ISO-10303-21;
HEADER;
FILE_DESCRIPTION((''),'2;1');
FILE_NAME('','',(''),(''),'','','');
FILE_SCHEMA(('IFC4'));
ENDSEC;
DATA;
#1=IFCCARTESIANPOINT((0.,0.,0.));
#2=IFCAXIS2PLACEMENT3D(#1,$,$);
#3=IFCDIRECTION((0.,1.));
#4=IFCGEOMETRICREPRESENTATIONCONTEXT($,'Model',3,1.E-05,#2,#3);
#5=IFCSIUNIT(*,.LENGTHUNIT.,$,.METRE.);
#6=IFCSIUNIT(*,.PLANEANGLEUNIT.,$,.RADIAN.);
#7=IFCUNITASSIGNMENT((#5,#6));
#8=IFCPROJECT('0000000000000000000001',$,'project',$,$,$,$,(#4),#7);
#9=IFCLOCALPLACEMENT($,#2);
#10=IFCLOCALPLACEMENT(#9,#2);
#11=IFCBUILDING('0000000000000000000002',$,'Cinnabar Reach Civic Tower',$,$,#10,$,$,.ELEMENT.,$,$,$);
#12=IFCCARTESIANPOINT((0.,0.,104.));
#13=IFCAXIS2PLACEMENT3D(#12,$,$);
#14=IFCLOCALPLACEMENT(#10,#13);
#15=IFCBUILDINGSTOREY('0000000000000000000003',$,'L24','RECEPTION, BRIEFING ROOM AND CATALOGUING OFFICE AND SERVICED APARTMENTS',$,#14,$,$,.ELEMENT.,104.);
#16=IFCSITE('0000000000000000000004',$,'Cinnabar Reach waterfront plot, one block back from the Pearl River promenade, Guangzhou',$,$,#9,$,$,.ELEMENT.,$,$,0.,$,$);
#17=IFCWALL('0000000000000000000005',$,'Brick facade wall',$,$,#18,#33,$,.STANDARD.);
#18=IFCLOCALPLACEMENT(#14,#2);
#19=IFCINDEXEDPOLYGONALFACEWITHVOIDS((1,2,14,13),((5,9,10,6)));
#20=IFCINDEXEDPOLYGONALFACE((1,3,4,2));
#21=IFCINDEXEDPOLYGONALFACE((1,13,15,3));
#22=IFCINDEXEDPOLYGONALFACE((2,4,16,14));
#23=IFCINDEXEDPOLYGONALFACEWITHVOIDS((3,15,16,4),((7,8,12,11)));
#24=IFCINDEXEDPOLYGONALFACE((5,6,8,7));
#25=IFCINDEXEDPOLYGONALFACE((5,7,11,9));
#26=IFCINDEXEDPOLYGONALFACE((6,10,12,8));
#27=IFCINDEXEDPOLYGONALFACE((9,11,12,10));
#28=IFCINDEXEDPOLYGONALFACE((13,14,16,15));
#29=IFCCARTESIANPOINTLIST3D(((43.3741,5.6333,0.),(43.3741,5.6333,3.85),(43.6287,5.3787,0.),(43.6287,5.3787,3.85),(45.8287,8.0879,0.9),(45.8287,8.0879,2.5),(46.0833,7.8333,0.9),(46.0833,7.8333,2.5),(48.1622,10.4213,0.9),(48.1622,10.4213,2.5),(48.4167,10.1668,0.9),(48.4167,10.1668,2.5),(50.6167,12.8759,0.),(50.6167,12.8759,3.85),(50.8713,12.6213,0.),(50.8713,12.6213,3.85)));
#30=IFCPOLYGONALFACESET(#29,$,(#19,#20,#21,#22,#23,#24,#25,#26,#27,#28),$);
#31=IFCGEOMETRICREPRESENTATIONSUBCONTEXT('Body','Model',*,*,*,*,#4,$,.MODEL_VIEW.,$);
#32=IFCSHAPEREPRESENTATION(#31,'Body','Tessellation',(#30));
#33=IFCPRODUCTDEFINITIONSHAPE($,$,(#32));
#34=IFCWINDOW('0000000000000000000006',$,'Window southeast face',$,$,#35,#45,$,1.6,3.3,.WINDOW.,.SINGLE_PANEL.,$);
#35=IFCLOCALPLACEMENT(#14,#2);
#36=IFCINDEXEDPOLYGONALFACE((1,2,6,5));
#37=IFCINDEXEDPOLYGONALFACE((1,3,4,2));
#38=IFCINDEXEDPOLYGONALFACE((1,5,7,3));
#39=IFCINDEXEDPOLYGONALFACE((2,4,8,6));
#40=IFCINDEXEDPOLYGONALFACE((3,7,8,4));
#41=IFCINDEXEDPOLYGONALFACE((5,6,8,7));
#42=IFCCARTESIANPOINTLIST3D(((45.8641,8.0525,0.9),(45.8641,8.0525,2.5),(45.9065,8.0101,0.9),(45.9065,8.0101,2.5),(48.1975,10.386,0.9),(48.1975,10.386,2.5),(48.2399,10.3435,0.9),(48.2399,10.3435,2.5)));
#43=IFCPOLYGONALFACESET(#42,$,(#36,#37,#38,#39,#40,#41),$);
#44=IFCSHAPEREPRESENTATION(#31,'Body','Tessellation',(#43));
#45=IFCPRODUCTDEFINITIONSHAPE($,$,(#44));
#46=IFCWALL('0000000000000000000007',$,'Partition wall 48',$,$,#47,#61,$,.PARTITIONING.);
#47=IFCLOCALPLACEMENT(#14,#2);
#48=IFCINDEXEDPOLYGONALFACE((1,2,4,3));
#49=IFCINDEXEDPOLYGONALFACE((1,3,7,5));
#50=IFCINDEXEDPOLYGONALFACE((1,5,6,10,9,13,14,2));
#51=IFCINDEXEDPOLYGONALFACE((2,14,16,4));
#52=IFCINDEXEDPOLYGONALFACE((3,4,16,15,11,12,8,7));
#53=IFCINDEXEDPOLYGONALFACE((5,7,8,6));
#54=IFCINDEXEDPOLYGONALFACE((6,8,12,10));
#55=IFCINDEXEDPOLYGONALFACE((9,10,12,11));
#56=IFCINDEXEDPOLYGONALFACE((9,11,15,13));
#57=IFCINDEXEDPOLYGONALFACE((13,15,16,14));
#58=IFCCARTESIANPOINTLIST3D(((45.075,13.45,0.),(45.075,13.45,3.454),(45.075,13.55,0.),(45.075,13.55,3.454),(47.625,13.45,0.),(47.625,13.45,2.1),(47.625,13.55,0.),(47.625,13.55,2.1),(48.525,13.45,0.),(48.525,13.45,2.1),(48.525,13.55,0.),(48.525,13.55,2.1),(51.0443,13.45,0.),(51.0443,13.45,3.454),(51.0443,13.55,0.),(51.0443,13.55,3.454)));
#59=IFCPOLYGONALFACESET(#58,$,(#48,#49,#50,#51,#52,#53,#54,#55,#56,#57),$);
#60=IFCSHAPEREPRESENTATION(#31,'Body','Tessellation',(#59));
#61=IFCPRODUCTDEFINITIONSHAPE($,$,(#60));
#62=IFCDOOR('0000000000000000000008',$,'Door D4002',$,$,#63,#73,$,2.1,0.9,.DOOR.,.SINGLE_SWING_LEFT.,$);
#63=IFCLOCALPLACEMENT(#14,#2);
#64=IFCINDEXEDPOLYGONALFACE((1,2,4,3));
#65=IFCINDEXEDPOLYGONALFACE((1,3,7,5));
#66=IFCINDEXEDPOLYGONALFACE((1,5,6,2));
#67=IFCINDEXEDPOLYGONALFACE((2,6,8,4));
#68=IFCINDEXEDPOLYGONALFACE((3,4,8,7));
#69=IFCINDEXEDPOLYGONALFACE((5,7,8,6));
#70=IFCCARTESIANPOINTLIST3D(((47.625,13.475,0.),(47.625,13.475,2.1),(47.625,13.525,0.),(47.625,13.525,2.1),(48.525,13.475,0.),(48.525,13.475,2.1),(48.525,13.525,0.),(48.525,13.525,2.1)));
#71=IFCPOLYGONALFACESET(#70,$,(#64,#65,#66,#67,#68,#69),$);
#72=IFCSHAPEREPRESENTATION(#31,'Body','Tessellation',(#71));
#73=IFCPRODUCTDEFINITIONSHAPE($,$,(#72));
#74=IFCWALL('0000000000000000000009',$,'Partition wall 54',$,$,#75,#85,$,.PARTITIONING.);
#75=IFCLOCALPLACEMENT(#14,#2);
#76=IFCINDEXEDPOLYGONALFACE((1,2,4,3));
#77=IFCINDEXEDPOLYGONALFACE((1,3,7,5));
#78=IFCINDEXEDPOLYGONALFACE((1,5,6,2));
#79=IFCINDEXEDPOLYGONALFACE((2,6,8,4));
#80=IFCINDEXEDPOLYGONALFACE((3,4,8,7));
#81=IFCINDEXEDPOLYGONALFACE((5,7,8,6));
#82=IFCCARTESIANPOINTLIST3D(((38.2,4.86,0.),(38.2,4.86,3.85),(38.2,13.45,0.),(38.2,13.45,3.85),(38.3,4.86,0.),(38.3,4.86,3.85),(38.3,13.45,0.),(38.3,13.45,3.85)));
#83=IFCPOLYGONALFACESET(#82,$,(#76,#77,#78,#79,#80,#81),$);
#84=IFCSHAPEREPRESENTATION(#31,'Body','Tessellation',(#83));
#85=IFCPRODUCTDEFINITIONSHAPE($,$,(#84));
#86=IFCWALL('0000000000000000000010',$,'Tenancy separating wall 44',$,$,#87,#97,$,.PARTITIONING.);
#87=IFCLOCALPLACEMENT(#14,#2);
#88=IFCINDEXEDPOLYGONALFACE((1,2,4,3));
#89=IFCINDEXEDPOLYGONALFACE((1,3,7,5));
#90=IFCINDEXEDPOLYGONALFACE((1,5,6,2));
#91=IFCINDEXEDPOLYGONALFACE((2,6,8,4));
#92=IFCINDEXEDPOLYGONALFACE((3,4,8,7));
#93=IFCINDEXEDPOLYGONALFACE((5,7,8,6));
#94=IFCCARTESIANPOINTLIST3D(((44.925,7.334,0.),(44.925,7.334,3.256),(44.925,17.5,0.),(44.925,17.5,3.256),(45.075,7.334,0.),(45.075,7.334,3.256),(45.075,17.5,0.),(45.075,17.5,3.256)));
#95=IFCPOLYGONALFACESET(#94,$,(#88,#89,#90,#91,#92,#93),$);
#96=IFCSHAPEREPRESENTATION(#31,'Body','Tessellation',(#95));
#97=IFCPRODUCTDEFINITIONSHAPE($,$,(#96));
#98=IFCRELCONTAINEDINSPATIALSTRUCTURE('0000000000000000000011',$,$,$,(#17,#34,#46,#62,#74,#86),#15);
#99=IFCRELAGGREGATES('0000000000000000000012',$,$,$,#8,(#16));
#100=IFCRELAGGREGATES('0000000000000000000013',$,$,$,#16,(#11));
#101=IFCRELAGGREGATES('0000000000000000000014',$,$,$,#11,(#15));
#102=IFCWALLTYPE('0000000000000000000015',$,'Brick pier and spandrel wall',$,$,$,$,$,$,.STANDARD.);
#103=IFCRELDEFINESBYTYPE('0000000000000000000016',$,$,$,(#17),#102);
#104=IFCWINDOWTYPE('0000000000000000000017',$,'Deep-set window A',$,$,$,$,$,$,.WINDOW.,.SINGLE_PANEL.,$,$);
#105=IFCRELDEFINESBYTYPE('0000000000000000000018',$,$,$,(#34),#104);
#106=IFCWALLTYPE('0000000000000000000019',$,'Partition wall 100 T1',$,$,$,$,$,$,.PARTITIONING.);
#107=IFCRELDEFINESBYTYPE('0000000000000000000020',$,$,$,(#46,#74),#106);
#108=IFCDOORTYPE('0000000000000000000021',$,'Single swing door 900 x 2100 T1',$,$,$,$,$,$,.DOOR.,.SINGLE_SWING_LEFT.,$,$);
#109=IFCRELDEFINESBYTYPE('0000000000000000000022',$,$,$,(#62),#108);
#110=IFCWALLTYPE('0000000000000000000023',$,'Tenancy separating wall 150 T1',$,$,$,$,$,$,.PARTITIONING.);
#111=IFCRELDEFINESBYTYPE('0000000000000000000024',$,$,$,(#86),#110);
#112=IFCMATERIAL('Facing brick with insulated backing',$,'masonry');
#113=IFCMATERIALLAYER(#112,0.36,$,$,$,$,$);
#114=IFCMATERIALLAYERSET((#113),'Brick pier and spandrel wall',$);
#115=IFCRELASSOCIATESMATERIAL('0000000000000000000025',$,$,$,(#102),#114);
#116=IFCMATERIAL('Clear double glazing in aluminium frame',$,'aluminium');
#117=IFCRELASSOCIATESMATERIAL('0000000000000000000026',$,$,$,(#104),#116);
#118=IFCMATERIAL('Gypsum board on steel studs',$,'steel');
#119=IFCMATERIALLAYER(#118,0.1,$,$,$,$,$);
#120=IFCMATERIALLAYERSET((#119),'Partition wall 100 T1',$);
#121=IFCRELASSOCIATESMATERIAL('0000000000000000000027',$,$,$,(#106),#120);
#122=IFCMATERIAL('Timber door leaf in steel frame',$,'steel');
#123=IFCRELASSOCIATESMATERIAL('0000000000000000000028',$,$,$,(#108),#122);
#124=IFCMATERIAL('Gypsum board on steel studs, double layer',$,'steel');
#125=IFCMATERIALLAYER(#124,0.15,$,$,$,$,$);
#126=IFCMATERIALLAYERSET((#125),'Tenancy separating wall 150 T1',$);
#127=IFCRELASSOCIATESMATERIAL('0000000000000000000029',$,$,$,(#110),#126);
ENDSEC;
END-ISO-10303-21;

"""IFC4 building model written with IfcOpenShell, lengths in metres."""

from ifc_helpers import new_model, si_unit, direction, frame, frame_2d, origin, place, context, subcontext, project, spatial, rectangle, extrude, material, layer, layer_set, type_object, element, fill, save


model = new_model("IFC4")

# Units and contexts
model_context = context("Model", 3, precision=1e-05, world=origin(), true_north=direction((0.0, 1.0)))
body_context = subcontext(model_context, "Body", "Model", "MODEL_VIEW")
ifc_project = project(units=[si_unit("LENGTHUNIT", "METRE"), si_unit("PLANEANGLEUNIT", "RADIAN")], contexts=[model_context])

# Site, building, storey
site_placement = place(None, origin())
site = spatial("IfcSite", under=ifc_project, at=site_placement, Name="Cinnabar Reach waterfront plot, one block back from the Pearl River promenade, Guangzhou", CompositionType="ELEMENT", RefElevation=0.0)
building_placement = place(site_placement, origin())
building = spatial("IfcBuilding", under=site, at=building_placement, Name="Cinnabar Reach Civic Tower", CompositionType="ELEMENT")
storey_placement = place(building_placement, frame((0.0, 0.0, 104.0)))
storey = spatial("IfcBuildingStorey", under=building, at=storey_placement, Name="L24", Description="RECEPTION, BRIEFING ROOM AND CATALOGUING OFFICE AND SERVICED APARTMENTS", CompositionType="ELEMENT", Elevation=104.0)

# Shared definitions
ifc_material_1 = material(Name="Facing brick with insulated backing", Category="masonry")

# Wall, opening, window
ifc_layer_1 = layer(ifc_material_1, 0.36)
ifc_layer_set_1 = layer_set([ifc_layer_1], Name="Brick pier and spandrel wall")
wall_type_1 = type_object("IfcWallType", Name="Brick pier and spandrel wall", PredefinedType="STANDARD", material=ifc_layer_set_1)
wall_1_placement = place(storey_placement, frame((43.5014, 5.506, 0.0), z_axis=(0.0, 0.0, 1.0), x_axis=(0.707107, 0.707107, 0.0)))
wall_1 = element("IfcWall", 1, at=wall_1_placement, inside=storey, type_object=wall_type_1, Name="Brick facade wall", PredefinedType="STANDARD", context=body_context, shape_type="SweptSolid", body=[
    extrude(rectangle(XDim=10.2426, YDim=0.36, at=frame_2d((5.1213, 0.0))), origin(), (0.0, 0.0, 1.0), 3.85),
])
opening_1_placement = place(wall_1_placement, frame((3.4713, 0.0, 0.9)))
opening_1 = element("IfcOpeningElement", 2, at=opening_1_placement, cuts=wall_1, PredefinedType="OPENING", context=body_context, shape_type="SweptSolid", body=[
    extrude(rectangle(XDim=3.3, YDim=1.6, at=frame_2d((1.65, 0.8))), frame((0.0, 0.19, 0.0), z_axis=(0.0, -1.0, 0.0), x_axis=(1.0, 0.0, 0.0)), (0.0, 0.0, 1.0), 0.38),
])
ifc_material_2 = material(Name="Clear double glazing in aluminium frame", Category="aluminium")
window_type = type_object("IfcWindowType", Name="Deep-set window A", PartitioningType="SINGLE_PANEL", PredefinedType="WINDOW", material=ifc_material_2)
window_placement = place(opening_1_placement, origin())
window = element("IfcWindow", 3, at=window_placement, inside=storey, type_object=window_type, Name="Window southeast face", OverallHeight=1.6, OverallWidth=3.3, PartitioningType="SINGLE_PANEL", PredefinedType="WINDOW", context=body_context, shape_type="SweptSolid", body=[
    extrude(rectangle(XDim=3.3, YDim=1.6, at=frame_2d((1.65, 0.8))), frame((0.0, 0.13, 0.0), z_axis=(0.0, -1.0, 0.0), x_axis=(1.0, 0.0, 0.0)), (0.0, 0.0, 1.0), 0.06),
])
fill(opening_1, window)

# Wall, opening, door
ifc_material_3 = material(Name="Gypsum board on steel studs", Category="steel")
ifc_layer_2 = layer(ifc_material_3, 0.1)
ifc_layer_set_2 = layer_set([ifc_layer_2], Name="Partition wall 100 T1")
wall_type_2 = type_object("IfcWallType", Name="Partition wall 100 T1", PredefinedType="PARTITIONING", material=ifc_layer_set_2)
wall_2_placement = place(storey_placement, frame((45.075, 13.5, 0.0), z_axis=(0.0, 0.0, 1.0), x_axis=(1.0, 0.0, 0.0)))
wall_2 = element("IfcWall", 4, at=wall_2_placement, inside=storey, type_object=wall_type_2, Name="Partition wall 48", PredefinedType="PARTITIONING", context=body_context, shape_type="SweptSolid", body=[
    extrude(rectangle(XDim=5.9693, YDim=0.1, at=frame_2d((2.9846, 0.0))), origin(), (0.0, 0.0, 1.0), 3.454),
])
opening_2_placement = place(wall_2_placement, frame((2.55, 0.0, 0.0)))
opening_2 = element("IfcOpeningElement", 5, at=opening_2_placement, cuts=wall_2, PredefinedType="OPENING", context=body_context, shape_type="SweptSolid", body=[
    extrude(rectangle(XDim=0.9, YDim=2.1, at=frame_2d((0.45, 1.05))), frame((0.0, 0.06, 0.0), z_axis=(0.0, -1.0, 0.0), x_axis=(1.0, 0.0, 0.0)), (0.0, 0.0, 1.0), 0.12),
])
ifc_material_4 = material(Name="Timber door leaf in steel frame", Category="steel")
door_type = type_object("IfcDoorType", Name="Single swing door 900 x 2100 T1", OperationType="SINGLE_SWING_LEFT", PredefinedType="DOOR", material=ifc_material_4)
door_placement = place(opening_2_placement, frame((0.9, 0.0, 0.0), z_axis=(0.0, 0.0, 1.0), x_axis=(-1.0, 0.0, 0.0)))
door = element("IfcDoor", 6, at=door_placement, inside=storey, type_object=door_type, Name="Door D4002", OperationType="SINGLE_SWING_LEFT", OverallHeight=2.1, OverallWidth=0.9, PredefinedType="DOOR", context=body_context, shape_type="SweptSolid", body=[
    extrude(rectangle(XDim=0.9, YDim=2.1, at=frame_2d((0.45, 1.05))), frame((0.0, 0.025, 0.0), z_axis=(0.0, -1.0, 0.0), x_axis=(1.0, 0.0, 0.0)), (0.0, 0.0, 1.0), 0.05),
])
fill(opening_2, door)

# Walls
wall_3_placement = place(storey_placement, frame((38.25, 4.86, 0.0), z_axis=(0.0, 0.0, 1.0), x_axis=(0.0, 1.0, 0.0)))
element("IfcWall", 7, at=wall_3_placement, inside=storey, type_object=wall_type_2, Name="Partition wall 54", PredefinedType="PARTITIONING", context=body_context, shape_type="SweptSolid", body=[
    extrude(rectangle(XDim=8.59, YDim=0.1, at=frame_2d((4.295, 0.0))), origin(), (0.0, 0.0, 1.0), 3.85),
])
ifc_material_5 = material(Name="Gypsum board on steel studs, double layer", Category="steel")
ifc_layer_3 = layer(ifc_material_5, 0.15)
ifc_layer_set_3 = layer_set([ifc_layer_3], Name="Tenancy separating wall 150 T1")
wall_type_3 = type_object("IfcWallType", Name="Tenancy separating wall 150 T1", PredefinedType="PARTITIONING", material=ifc_layer_set_3)
wall_4_placement = place(storey_placement, frame((45.0, 7.334, 0.0), z_axis=(0.0, 0.0, 1.0), x_axis=(0.0, 1.0, 0.0)))
element("IfcWall", 8, at=wall_4_placement, inside=storey, type_object=wall_type_3, Name="Tenancy separating wall 44", PredefinedType="PARTITIONING", context=body_context, shape_type="SweptSolid", body=[
    extrude(rectangle(XDim=10.166, YDim=0.15, at=frame_2d((5.083, 0.0))), origin(), (0.0, 0.0, 1.0), 3.256),
])

save(model, "model.ifc")
